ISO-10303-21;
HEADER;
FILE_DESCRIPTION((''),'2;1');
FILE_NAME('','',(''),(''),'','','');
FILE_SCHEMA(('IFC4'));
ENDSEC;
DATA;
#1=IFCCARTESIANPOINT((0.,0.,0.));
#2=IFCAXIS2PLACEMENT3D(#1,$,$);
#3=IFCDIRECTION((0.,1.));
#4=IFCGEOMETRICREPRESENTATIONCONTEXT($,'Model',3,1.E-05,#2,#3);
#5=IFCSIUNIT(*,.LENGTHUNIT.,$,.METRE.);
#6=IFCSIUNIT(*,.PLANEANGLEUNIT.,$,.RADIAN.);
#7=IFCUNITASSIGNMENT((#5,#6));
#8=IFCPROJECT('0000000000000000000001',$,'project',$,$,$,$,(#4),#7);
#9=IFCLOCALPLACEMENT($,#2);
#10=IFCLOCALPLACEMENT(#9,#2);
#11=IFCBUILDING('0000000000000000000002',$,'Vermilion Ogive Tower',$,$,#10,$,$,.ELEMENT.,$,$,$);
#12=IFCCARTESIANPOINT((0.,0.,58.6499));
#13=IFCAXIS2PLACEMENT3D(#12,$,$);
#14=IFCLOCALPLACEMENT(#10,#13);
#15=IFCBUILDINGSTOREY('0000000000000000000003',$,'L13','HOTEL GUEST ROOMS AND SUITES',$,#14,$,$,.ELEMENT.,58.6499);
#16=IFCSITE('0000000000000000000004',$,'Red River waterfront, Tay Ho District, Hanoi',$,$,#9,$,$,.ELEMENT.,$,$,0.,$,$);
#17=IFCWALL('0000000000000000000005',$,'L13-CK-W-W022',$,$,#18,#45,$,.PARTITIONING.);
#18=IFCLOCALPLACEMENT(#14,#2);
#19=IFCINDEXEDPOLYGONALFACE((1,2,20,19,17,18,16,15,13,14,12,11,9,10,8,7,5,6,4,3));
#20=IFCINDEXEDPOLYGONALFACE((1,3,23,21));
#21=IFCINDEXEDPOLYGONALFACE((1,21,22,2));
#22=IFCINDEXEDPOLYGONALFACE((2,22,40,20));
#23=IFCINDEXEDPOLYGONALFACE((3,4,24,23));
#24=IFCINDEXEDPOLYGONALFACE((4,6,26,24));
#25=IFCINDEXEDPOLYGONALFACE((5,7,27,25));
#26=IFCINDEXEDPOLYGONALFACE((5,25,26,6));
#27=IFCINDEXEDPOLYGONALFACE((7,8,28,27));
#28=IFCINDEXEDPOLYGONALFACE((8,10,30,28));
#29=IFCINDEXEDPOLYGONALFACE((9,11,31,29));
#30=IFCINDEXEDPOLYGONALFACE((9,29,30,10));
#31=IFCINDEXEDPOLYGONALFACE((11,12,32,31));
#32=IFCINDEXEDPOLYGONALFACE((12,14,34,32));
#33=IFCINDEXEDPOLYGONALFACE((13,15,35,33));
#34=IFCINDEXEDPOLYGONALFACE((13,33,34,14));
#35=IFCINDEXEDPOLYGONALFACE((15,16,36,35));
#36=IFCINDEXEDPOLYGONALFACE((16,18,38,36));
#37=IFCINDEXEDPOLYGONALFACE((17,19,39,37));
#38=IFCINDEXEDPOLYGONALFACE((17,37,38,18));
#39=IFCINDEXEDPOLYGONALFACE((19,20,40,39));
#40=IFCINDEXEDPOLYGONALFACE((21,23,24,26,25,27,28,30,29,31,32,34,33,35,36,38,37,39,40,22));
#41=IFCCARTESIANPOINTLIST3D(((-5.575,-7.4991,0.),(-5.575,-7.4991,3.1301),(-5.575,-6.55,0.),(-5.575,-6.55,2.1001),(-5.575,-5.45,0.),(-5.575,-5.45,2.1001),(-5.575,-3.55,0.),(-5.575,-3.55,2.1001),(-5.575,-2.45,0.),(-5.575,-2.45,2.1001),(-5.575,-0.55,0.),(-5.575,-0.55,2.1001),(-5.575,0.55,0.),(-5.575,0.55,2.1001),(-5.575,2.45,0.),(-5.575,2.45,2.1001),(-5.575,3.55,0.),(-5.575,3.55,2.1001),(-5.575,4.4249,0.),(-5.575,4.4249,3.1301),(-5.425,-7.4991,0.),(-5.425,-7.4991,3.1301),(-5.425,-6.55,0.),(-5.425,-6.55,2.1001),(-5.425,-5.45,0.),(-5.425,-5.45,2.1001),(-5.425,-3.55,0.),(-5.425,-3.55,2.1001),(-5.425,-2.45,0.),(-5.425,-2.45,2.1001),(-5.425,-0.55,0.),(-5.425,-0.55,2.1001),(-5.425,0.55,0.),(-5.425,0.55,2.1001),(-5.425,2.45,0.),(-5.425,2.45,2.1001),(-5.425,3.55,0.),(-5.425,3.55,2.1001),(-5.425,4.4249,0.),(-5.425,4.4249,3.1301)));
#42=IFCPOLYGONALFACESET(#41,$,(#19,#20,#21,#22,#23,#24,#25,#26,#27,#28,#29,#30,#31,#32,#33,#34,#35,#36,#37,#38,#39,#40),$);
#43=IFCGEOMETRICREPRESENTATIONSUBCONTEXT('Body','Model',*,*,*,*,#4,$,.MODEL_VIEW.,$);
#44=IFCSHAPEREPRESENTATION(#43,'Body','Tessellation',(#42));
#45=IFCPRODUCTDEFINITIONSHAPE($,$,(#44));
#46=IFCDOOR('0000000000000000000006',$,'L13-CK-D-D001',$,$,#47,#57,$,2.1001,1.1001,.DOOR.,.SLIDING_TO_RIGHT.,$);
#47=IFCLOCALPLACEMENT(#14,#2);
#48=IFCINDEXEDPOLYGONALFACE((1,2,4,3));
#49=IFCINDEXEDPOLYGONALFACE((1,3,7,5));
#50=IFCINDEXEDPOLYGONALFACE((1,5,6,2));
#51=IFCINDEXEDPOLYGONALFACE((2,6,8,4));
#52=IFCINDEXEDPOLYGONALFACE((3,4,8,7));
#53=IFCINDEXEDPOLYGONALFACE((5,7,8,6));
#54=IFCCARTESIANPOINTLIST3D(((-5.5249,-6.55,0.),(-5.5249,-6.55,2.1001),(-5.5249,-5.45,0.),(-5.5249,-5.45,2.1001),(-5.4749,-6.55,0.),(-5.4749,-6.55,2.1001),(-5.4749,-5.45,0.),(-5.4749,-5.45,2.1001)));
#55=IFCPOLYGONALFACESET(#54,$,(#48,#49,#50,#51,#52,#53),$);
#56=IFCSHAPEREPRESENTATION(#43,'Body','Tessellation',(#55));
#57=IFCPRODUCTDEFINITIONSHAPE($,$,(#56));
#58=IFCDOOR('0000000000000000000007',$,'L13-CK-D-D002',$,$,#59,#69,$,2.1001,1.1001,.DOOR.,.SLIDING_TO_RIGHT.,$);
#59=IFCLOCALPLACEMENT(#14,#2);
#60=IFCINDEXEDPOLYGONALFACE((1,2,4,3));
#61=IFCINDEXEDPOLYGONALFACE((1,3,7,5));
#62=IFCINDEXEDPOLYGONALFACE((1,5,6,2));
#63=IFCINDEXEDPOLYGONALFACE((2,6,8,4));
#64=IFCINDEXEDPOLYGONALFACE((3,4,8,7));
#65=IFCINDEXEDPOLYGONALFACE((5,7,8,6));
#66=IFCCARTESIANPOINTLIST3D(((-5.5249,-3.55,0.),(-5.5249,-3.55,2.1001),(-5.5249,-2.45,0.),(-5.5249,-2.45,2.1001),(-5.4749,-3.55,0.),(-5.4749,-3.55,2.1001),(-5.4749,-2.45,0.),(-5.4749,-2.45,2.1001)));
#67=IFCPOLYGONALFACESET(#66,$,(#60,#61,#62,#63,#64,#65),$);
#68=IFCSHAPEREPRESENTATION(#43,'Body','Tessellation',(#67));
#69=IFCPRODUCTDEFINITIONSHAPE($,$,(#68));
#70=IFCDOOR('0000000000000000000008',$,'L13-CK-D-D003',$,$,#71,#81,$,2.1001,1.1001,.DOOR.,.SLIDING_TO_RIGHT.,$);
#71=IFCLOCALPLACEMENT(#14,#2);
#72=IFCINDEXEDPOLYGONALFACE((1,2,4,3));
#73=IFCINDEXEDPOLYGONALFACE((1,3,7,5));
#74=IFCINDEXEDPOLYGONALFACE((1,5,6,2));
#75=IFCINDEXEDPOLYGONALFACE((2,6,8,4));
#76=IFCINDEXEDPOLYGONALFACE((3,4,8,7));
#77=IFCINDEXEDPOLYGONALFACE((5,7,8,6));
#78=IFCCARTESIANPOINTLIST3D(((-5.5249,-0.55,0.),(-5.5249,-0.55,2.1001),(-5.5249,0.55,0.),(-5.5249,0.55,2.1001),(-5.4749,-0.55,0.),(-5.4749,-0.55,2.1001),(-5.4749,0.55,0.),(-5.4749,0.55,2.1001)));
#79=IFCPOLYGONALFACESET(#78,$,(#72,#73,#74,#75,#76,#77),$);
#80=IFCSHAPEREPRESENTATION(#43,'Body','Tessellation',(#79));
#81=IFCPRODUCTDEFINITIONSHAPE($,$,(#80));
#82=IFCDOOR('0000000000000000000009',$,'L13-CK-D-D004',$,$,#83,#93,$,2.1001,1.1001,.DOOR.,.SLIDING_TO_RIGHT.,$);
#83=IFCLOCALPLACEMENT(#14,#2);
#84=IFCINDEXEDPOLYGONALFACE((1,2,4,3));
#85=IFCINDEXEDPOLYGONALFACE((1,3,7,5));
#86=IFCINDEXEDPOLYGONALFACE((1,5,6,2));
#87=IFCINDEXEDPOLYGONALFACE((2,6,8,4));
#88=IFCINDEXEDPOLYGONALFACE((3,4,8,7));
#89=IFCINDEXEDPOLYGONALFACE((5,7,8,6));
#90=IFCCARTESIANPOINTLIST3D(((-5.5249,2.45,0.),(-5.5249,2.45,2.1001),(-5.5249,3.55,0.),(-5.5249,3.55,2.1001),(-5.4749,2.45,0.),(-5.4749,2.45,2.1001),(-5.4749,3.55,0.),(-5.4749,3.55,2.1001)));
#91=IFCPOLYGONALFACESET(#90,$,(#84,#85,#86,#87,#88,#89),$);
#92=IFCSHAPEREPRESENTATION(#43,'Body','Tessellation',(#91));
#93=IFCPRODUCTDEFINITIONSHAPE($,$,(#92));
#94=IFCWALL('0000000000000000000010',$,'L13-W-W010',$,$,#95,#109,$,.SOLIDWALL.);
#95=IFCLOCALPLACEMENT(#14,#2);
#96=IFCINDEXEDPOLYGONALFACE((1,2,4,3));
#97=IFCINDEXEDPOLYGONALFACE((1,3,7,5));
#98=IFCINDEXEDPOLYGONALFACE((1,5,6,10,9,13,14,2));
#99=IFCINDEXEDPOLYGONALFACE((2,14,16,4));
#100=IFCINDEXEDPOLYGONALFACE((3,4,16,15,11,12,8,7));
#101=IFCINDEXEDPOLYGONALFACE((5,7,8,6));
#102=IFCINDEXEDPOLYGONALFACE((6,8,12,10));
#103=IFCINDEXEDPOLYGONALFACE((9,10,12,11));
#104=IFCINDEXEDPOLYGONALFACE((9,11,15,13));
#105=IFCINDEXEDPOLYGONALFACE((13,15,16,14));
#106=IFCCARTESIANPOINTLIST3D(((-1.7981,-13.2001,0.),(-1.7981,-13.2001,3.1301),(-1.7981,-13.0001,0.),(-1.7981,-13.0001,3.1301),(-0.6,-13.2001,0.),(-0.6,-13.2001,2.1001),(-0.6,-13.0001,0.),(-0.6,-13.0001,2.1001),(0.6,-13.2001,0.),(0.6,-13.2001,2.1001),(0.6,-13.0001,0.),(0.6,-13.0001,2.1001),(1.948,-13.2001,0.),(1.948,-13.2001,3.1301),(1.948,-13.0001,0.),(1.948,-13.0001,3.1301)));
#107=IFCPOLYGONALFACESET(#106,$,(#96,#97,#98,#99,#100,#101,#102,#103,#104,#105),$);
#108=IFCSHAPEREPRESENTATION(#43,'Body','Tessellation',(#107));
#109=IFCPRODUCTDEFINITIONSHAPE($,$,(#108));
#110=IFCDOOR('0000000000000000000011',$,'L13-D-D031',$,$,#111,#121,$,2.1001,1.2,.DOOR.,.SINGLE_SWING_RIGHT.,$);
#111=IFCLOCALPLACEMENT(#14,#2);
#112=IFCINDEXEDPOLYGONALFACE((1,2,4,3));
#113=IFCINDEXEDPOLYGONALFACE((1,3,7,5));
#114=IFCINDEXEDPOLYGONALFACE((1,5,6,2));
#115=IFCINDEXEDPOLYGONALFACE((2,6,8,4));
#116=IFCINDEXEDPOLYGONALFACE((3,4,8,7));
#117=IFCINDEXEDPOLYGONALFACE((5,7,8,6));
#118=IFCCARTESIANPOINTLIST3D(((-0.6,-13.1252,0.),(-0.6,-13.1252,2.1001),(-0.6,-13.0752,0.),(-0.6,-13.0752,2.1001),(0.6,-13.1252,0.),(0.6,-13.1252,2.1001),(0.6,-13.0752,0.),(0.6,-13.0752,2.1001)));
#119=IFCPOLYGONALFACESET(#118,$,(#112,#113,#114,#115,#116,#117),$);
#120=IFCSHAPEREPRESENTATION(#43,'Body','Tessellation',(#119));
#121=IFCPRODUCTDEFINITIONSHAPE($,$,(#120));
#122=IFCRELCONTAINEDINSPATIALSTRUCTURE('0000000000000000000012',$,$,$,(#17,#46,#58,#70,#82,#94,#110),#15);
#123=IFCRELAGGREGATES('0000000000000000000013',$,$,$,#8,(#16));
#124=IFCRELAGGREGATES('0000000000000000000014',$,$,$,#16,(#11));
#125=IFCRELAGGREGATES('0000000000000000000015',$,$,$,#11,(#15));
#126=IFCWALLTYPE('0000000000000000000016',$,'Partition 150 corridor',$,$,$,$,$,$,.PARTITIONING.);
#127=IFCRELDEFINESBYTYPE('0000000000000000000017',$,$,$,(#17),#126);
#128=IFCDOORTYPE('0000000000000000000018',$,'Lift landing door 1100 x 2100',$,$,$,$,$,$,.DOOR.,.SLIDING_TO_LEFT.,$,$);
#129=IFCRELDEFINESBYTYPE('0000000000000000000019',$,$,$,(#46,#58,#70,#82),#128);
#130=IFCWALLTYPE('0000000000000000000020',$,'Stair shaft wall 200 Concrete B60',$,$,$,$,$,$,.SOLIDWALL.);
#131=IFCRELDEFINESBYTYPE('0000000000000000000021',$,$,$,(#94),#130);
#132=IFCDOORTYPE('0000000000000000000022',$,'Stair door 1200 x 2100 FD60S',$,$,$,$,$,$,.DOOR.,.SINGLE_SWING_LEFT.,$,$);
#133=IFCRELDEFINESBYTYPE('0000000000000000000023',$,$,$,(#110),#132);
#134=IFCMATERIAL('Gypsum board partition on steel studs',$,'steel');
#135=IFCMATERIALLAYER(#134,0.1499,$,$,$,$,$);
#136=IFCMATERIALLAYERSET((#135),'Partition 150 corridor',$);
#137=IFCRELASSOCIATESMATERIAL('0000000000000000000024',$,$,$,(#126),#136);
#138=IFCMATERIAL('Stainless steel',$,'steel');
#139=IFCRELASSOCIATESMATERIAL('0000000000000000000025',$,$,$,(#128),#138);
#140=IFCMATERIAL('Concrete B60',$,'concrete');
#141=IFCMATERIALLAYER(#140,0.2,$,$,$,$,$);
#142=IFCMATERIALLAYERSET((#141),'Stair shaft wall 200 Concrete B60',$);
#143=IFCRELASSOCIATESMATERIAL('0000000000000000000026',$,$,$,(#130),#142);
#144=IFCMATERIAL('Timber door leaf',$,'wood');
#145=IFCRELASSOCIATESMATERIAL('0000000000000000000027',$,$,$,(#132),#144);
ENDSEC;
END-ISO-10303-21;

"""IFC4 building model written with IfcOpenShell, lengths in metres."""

from ifc_helpers import new_model, si_unit, direction, frame, frame_2d, origin, place, context, subcontext, project, spatial, rectangle, extrude, material, layer, layer_set, type_object, element, fill, save


model = new_model("IFC4")

# Units and contexts
model_context = context("Model", 3, precision=1e-05, world=origin(), true_north=direction((0.0, 1.0)))
body_context = subcontext(model_context, "Body", "Model", "MODEL_VIEW")
ifc_project = project(units=[si_unit("LENGTHUNIT", "METRE"), si_unit("PLANEANGLEUNIT", "RADIAN")], contexts=[model_context])

# Site, building, storey
site_placement = place(None, origin())
site = spatial("IfcSite", under=ifc_project, at=site_placement, Name="Red River waterfront, Tay Ho District, Hanoi", CompositionType="ELEMENT", RefElevation=0.0)
building_placement = place(site_placement, origin())
building = spatial("IfcBuilding", under=site, at=building_placement, Name="Vermilion Ogive Tower", CompositionType="ELEMENT")
storey_placement = place(building_placement, frame((0.0, 0.0, 58.6499)))
storey = spatial("IfcBuildingStorey", under=building, at=storey_placement, Name="L13", Description="HOTEL GUEST ROOMS AND SUITES", CompositionType="ELEMENT", Elevation=58.6499)

# Wall, openings, doors
ifc_material_1 = material(Name="Gypsum board partition on steel studs", Category="steel")
ifc_layer_1 = layer(ifc_material_1, 0.1499)
ifc_layer_set_1 = layer_set([ifc_layer_1], Name="Partition 150 corridor")
wall_type_1 = type_object("IfcWallType", Name="Partition 150 corridor", PredefinedType="PARTITIONING", material=ifc_layer_set_1)
wall_1_placement = place(storey_placement, frame((-5.5, -7.499, 0.0), z_axis=(0.0, 0.0, 1.0), x_axis=(0.0, 1.0, 0.0)))
wall_1 = element("IfcWall", 1, at=wall_1_placement, inside=storey, type_object=wall_type_1, Name="L13-CK-W-W022", PredefinedType="PARTITIONING", context=body_context, shape_type="SweptSolid", body=[
    extrude(rectangle(XDim=11.9241, YDim=0.1499, at=frame_2d((5.9619, 0.0))), origin(), (0.0, 0.0, 1.0), 3.1301),
])
opening_1_placement = place(wall_1_placement, frame((0.949, 0.0, 0.0)))
opening_1 = element("IfcOpeningElement", 2, at=opening_1_placement, cuts=wall_1, PredefinedType="OPENING", context=body_context, shape_type="SweptSolid", body=[
    extrude(rectangle(XDim=1.1001, YDim=2.1001, at=frame_2d((0.55, 1.05))), frame((0.0, 0.085, 0.0), z_axis=(0.0, -1.0, 0.0), x_axis=(1.0, 0.0, 0.0)), (0.0, 0.0, 1.0), 0.1699),
])
opening_2_placement = place(wall_1_placement, frame((3.949, 0.0, 0.0)))
opening_2 = element("IfcOpeningElement", 3, at=opening_2_placement, cuts=wall_1, PredefinedType="OPENING", context=body_context, shape_type="SweptSolid", body=[
    extrude(rectangle(XDim=1.1001, YDim=2.1001, at=frame_2d((0.55, 1.05))), frame((0.0, 0.085, 0.0), z_axis=(0.0, -1.0, 0.0), x_axis=(1.0, 0.0, 0.0)), (0.0, 0.0, 1.0), 0.1699),
])
opening_3_placement = place(wall_1_placement, frame((6.949, 0.0, 0.0)))
opening_3 = element("IfcOpeningElement", 4, at=opening_3_placement, cuts=wall_1, PredefinedType="OPENING", context=body_context, shape_type="SweptSolid", body=[
    extrude(rectangle(XDim=1.1001, YDim=2.1001, at=frame_2d((0.55, 1.05))), frame((0.0, 0.085, 0.0), z_axis=(0.0, -1.0, 0.0), x_axis=(1.0, 0.0, 0.0)), (0.0, 0.0, 1.0), 0.1699),
])
opening_4_placement = place(wall_1_placement, frame((9.949, 0.0, 0.0)))
opening_4 = element("IfcOpeningElement", 5, at=opening_4_placement, cuts=wall_1, PredefinedType="OPENING", context=body_context, shape_type="SweptSolid", body=[
    extrude(rectangle(XDim=1.1001, YDim=2.1001, at=frame_2d((0.55, 1.05))), frame((0.0, 0.085, 0.0), z_axis=(0.0, -1.0, 0.0), x_axis=(1.0, 0.0, 0.0)), (0.0, 0.0, 1.0), 0.1699),
])
ifc_material_2 = material(Name="Stainless steel", Category="steel")
door_type_1 = type_object("IfcDoorType", Name="Lift landing door 1100 x 2100", OperationType="SLIDING_TO_LEFT", PredefinedType="DOOR", material=ifc_material_2)
door_1_placement = place(opening_1_placement, origin())
door_1 = element("IfcDoor", 6, at=door_1_placement, inside=storey, type_object=door_type_1, Name="L13-CK-D-D001", OperationType="SLIDING_TO_RIGHT", OverallHeight=2.1001, OverallWidth=1.1001, PredefinedType="DOOR", context=body_context, shape_type="SweptSolid", body=[
    extrude(rectangle(XDim=1.1001, YDim=2.1001, at=frame_2d((0.55, 1.05))), frame((0.0, 0.0249, 0.0), z_axis=(0.0, -1.0, 0.0), x_axis=(1.0, 0.0, 0.0)), (0.0, 0.0, 1.0), 0.05),
])
fill(opening_1, door_1)
door_2_placement = place(opening_2_placement, origin())
door_2 = element("IfcDoor", 7, at=door_2_placement, inside=storey, type_object=door_type_1, Name="L13-CK-D-D002", OperationType="SLIDING_TO_RIGHT", OverallHeight=2.1001, OverallWidth=1.1001, PredefinedType="DOOR", context=body_context, shape_type="SweptSolid", body=[
    extrude(rectangle(XDim=1.1001, YDim=2.1001, at=frame_2d((0.55, 1.05))), frame((0.0, 0.0249, 0.0), z_axis=(0.0, -1.0, 0.0), x_axis=(1.0, 0.0, 0.0)), (0.0, 0.0, 1.0), 0.05),
])
fill(opening_2, door_2)
door_3_placement = place(opening_3_placement, origin())
door_3 = element("IfcDoor", 8, at=door_3_placement, inside=storey, type_object=door_type_1, Name="L13-CK-D-D003", OperationType="SLIDING_TO_RIGHT", OverallHeight=2.1001, OverallWidth=1.1001, PredefinedType="DOOR", context=body_context, shape_type="SweptSolid", body=[
    extrude(rectangle(XDim=1.1001, YDim=2.1001, at=frame_2d((0.55, 1.05))), frame((0.0, 0.0249, 0.0), z_axis=(0.0, -1.0, 0.0), x_axis=(1.0, 0.0, 0.0)), (0.0, 0.0, 1.0), 0.05),
])
fill(opening_3, door_3)
door_4_placement = place(opening_4_placement, origin())
door_4 = element("IfcDoor", 9, at=door_4_placement, inside=storey, type_object=door_type_1, Name="L13-CK-D-D004", OperationType="SLIDING_TO_RIGHT", OverallHeight=2.1001, OverallWidth=1.1001, PredefinedType="DOOR", context=body_context, shape_type="SweptSolid", body=[
    extrude(rectangle(XDim=1.1001, YDim=2.1001, at=frame_2d((0.55, 1.05))), frame((0.0, 0.0249, 0.0), z_axis=(0.0, -1.0, 0.0), x_axis=(1.0, 0.0, 0.0)), (0.0, 0.0, 1.0), 0.05),
])
fill(opening_4, door_4)

# Wall, opening, door
ifc_material_3 = material(Name="Concrete B60", Category="concrete")
ifc_layer_2 = layer(ifc_material_3, 0.2)
ifc_layer_set_2 = layer_set([ifc_layer_2], Name="Stair shaft wall 200 Concrete B60")
wall_type_2 = type_object("IfcWallType", Name="Stair shaft wall 200 Concrete B60", PredefinedType="SOLIDWALL", material=ifc_layer_set_2)
wall_2_placement = place(storey_placement, frame((-1.7981, -13.1001, 0.0), z_axis=(0.0, 0.0, 1.0), x_axis=(1.0, 0.0, 0.0)))
wall_2 = element("IfcWall", 10, at=wall_2_placement, inside=storey, type_object=wall_type_2, Name="L13-W-W010", PredefinedType="SOLIDWALL", context=body_context, shape_type="SweptSolid", body=[
    extrude(rectangle(XDim=3.7461, YDim=0.2, at=frame_2d((1.873, 0.0))), origin(), (0.0, 0.0, 1.0), 3.1301),
])
opening_5_placement = place(wall_2_placement, frame((1.198, 0.0, 0.0)))
opening_5 = element("IfcOpeningElement", 11, at=opening_5_placement, cuts=wall_2, PredefinedType="OPENING", context=body_context, shape_type="SweptSolid", body=[
    extrude(rectangle(XDim=1.2, YDim=2.1001, at=frame_2d((0.6001, 1.05))), frame((0.0, 0.1099, 0.0), z_axis=(0.0, -1.0, 0.0), x_axis=(1.0, 0.0, 0.0)), (0.0, 0.0, 1.0), 0.22),
])
ifc_material_4 = material(Name="Timber door leaf", Category="wood")
door_type_2 = type_object("IfcDoorType", Name="Stair door 1200 x 2100 FD60S", OperationType="SINGLE_SWING_LEFT", PredefinedType="DOOR", material=ifc_material_4)
door_5_placement = place(opening_5_placement, origin())
door_5 = element("IfcDoor", 12, at=door_5_placement, inside=storey, type_object=door_type_2, Name="L13-D-D031", OperationType="SINGLE_SWING_RIGHT", OverallHeight=2.1001, OverallWidth=1.2, PredefinedType="DOOR", context=body_context, shape_type="SweptSolid", body=[
    extrude(rectangle(XDim=1.2, YDim=2.1001, at=frame_2d((0.6001, 1.05))), frame((0.0, 0.0249, 0.0), z_axis=(0.0, -1.0, 0.0), x_axis=(1.0, 0.0, 0.0)), (0.0, 0.0, 1.0), 0.05),
])
fill(opening_5, door_5)

save(model, "model.ifc")
